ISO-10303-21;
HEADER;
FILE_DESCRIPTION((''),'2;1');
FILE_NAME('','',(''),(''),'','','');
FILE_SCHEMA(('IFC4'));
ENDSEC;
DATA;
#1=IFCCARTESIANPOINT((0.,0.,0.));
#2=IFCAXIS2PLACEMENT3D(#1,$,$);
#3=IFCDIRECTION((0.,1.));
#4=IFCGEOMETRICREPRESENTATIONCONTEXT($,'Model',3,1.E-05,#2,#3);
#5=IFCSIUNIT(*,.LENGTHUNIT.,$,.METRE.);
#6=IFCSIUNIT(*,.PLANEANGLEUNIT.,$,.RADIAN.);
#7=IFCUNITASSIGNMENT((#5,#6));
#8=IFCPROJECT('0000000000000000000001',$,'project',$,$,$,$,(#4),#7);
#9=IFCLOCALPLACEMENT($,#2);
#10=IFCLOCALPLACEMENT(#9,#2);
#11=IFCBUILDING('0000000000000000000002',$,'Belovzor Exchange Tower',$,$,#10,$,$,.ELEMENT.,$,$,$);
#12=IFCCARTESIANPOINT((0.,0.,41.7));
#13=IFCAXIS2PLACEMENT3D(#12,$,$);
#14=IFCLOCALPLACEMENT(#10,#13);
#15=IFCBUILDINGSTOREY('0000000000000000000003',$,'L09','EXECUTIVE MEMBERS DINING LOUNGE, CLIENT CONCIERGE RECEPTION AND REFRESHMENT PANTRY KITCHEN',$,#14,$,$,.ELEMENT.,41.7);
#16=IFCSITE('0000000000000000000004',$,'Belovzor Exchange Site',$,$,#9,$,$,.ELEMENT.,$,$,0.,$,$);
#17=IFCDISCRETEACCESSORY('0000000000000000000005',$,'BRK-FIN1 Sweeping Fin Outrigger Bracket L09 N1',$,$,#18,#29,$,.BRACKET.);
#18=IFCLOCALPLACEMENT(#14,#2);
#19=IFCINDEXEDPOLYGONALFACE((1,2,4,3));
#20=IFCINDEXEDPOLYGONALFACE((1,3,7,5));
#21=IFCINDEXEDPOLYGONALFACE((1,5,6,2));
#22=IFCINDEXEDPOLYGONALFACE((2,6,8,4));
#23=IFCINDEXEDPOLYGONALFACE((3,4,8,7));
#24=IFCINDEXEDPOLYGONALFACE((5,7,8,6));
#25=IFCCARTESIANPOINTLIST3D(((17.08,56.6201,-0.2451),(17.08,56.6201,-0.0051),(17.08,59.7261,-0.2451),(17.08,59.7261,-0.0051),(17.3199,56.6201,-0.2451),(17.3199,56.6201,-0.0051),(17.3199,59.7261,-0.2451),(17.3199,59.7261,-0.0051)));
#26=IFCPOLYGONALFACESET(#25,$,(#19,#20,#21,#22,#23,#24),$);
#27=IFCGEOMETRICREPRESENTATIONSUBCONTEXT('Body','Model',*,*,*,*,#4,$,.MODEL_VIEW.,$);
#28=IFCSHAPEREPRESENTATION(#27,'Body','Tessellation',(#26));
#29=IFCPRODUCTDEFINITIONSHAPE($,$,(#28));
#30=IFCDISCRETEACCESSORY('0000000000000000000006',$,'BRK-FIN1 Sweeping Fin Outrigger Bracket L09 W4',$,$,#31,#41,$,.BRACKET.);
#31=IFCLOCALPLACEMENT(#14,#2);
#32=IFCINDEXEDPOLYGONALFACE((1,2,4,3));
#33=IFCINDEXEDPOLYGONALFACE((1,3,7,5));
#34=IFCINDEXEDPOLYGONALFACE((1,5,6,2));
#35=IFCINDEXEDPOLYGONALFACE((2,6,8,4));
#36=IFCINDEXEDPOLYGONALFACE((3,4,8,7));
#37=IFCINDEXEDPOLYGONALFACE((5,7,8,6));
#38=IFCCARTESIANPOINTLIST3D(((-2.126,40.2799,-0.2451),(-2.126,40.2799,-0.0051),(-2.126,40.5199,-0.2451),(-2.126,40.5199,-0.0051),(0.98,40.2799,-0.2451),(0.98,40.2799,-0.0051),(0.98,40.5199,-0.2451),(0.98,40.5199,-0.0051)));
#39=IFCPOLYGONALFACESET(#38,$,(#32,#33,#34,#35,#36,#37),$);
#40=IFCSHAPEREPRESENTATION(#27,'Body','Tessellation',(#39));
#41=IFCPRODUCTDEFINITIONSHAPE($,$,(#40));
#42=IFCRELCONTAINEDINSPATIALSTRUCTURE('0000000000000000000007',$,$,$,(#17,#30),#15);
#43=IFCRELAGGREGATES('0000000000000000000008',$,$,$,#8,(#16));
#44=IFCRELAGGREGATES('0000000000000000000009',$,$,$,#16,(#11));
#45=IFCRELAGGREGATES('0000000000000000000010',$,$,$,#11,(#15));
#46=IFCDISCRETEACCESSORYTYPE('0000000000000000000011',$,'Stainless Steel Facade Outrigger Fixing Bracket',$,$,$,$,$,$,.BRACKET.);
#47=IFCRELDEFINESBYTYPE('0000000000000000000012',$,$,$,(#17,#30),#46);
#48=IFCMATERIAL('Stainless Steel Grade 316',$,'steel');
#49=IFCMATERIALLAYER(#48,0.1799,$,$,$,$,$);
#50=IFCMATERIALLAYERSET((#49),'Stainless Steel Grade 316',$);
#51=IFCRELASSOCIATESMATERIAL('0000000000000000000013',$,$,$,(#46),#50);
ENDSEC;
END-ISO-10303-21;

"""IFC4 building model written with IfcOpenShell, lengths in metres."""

from ifc_helpers import new_model, si_unit, direction, frame, origin, origin_2d, place, context, subcontext, project, spatial, rectangle, extrude, material, layer, layer_set, type_object, element, save


model = new_model("IFC4")

# Units and contexts
model_context = context("Model", 3, precision=1e-05, world=origin(), true_north=direction((0.0, 1.0)))
body_context = subcontext(model_context, "Body", "Model", "MODEL_VIEW")
ifc_project = project(units=[si_unit("LENGTHUNIT", "METRE"), si_unit("PLANEANGLEUNIT", "RADIAN")], contexts=[model_context])

# Site, building, storey
site_placement = place(None, origin())
site = spatial("IfcSite", under=ifc_project, at=site_placement, Name="Belovzor Exchange Site", CompositionType="ELEMENT", RefElevation=0.0)
building_placement = place(site_placement, origin())
building = spatial("IfcBuilding", under=site, at=building_placement, Name="Belovzor Exchange Tower", CompositionType="ELEMENT")
storey_placement = place(building_placement, frame((0.0, 0.0, 41.7)))
storey = spatial("IfcBuildingStorey", under=building, at=storey_placement, Name="L09", Description="EXECUTIVE MEMBERS DINING LOUNGE, CLIENT CONCIERGE RECEPTION AND REFRESHMENT PANTRY KITCHEN", CompositionType="ELEMENT", Elevation=41.7)

# Discrete accessories
ifc_material_1 = material(Name="Stainless Steel Grade 316", Category="steel")
ifc_layer_1 = layer(ifc_material_1, 0.1799)
ifc_layer_set_1 = layer_set([ifc_layer_1], Name="Stainless Steel Grade 316")
discrete_accessory_type = type_object("IfcDiscreteAccessoryType", Name="Stainless Steel Facade Outrigger Fixing Bracket", PredefinedType="BRACKET", material=ifc_layer_set_1)
for number, where, z_axis, x_axis, name in (
    (1, (17.2, 58.1731, -0.2451), (0.0, 0.0, 1.0), (0.0, 1.0, 0.0), "BRK-FIN1 Sweeping Fin Outrigger Bracket L09 N1"),
    (2, (-0.573, 40.3999, -0.2451), (0.0, 0.0, 1.0), (1.0, 0.0, 0.0), "BRK-FIN1 Sweeping Fin Outrigger Bracket L09 W4"),
):
    element("IfcDiscreteAccessory", number, at=place(storey_placement, frame(where, z_axis=z_axis, x_axis=x_axis)), inside=storey, type_object=discrete_accessory_type, Name=name, PredefinedType="BRACKET", context=body_context, shape_type="SweptSolid", body=[
        extrude(rectangle(XDim=3.106, YDim=0.24, at=origin_2d()), origin(), (0.0, 0.0, 1.0), 0.24),
    ])

save(model, "model.ifc")
